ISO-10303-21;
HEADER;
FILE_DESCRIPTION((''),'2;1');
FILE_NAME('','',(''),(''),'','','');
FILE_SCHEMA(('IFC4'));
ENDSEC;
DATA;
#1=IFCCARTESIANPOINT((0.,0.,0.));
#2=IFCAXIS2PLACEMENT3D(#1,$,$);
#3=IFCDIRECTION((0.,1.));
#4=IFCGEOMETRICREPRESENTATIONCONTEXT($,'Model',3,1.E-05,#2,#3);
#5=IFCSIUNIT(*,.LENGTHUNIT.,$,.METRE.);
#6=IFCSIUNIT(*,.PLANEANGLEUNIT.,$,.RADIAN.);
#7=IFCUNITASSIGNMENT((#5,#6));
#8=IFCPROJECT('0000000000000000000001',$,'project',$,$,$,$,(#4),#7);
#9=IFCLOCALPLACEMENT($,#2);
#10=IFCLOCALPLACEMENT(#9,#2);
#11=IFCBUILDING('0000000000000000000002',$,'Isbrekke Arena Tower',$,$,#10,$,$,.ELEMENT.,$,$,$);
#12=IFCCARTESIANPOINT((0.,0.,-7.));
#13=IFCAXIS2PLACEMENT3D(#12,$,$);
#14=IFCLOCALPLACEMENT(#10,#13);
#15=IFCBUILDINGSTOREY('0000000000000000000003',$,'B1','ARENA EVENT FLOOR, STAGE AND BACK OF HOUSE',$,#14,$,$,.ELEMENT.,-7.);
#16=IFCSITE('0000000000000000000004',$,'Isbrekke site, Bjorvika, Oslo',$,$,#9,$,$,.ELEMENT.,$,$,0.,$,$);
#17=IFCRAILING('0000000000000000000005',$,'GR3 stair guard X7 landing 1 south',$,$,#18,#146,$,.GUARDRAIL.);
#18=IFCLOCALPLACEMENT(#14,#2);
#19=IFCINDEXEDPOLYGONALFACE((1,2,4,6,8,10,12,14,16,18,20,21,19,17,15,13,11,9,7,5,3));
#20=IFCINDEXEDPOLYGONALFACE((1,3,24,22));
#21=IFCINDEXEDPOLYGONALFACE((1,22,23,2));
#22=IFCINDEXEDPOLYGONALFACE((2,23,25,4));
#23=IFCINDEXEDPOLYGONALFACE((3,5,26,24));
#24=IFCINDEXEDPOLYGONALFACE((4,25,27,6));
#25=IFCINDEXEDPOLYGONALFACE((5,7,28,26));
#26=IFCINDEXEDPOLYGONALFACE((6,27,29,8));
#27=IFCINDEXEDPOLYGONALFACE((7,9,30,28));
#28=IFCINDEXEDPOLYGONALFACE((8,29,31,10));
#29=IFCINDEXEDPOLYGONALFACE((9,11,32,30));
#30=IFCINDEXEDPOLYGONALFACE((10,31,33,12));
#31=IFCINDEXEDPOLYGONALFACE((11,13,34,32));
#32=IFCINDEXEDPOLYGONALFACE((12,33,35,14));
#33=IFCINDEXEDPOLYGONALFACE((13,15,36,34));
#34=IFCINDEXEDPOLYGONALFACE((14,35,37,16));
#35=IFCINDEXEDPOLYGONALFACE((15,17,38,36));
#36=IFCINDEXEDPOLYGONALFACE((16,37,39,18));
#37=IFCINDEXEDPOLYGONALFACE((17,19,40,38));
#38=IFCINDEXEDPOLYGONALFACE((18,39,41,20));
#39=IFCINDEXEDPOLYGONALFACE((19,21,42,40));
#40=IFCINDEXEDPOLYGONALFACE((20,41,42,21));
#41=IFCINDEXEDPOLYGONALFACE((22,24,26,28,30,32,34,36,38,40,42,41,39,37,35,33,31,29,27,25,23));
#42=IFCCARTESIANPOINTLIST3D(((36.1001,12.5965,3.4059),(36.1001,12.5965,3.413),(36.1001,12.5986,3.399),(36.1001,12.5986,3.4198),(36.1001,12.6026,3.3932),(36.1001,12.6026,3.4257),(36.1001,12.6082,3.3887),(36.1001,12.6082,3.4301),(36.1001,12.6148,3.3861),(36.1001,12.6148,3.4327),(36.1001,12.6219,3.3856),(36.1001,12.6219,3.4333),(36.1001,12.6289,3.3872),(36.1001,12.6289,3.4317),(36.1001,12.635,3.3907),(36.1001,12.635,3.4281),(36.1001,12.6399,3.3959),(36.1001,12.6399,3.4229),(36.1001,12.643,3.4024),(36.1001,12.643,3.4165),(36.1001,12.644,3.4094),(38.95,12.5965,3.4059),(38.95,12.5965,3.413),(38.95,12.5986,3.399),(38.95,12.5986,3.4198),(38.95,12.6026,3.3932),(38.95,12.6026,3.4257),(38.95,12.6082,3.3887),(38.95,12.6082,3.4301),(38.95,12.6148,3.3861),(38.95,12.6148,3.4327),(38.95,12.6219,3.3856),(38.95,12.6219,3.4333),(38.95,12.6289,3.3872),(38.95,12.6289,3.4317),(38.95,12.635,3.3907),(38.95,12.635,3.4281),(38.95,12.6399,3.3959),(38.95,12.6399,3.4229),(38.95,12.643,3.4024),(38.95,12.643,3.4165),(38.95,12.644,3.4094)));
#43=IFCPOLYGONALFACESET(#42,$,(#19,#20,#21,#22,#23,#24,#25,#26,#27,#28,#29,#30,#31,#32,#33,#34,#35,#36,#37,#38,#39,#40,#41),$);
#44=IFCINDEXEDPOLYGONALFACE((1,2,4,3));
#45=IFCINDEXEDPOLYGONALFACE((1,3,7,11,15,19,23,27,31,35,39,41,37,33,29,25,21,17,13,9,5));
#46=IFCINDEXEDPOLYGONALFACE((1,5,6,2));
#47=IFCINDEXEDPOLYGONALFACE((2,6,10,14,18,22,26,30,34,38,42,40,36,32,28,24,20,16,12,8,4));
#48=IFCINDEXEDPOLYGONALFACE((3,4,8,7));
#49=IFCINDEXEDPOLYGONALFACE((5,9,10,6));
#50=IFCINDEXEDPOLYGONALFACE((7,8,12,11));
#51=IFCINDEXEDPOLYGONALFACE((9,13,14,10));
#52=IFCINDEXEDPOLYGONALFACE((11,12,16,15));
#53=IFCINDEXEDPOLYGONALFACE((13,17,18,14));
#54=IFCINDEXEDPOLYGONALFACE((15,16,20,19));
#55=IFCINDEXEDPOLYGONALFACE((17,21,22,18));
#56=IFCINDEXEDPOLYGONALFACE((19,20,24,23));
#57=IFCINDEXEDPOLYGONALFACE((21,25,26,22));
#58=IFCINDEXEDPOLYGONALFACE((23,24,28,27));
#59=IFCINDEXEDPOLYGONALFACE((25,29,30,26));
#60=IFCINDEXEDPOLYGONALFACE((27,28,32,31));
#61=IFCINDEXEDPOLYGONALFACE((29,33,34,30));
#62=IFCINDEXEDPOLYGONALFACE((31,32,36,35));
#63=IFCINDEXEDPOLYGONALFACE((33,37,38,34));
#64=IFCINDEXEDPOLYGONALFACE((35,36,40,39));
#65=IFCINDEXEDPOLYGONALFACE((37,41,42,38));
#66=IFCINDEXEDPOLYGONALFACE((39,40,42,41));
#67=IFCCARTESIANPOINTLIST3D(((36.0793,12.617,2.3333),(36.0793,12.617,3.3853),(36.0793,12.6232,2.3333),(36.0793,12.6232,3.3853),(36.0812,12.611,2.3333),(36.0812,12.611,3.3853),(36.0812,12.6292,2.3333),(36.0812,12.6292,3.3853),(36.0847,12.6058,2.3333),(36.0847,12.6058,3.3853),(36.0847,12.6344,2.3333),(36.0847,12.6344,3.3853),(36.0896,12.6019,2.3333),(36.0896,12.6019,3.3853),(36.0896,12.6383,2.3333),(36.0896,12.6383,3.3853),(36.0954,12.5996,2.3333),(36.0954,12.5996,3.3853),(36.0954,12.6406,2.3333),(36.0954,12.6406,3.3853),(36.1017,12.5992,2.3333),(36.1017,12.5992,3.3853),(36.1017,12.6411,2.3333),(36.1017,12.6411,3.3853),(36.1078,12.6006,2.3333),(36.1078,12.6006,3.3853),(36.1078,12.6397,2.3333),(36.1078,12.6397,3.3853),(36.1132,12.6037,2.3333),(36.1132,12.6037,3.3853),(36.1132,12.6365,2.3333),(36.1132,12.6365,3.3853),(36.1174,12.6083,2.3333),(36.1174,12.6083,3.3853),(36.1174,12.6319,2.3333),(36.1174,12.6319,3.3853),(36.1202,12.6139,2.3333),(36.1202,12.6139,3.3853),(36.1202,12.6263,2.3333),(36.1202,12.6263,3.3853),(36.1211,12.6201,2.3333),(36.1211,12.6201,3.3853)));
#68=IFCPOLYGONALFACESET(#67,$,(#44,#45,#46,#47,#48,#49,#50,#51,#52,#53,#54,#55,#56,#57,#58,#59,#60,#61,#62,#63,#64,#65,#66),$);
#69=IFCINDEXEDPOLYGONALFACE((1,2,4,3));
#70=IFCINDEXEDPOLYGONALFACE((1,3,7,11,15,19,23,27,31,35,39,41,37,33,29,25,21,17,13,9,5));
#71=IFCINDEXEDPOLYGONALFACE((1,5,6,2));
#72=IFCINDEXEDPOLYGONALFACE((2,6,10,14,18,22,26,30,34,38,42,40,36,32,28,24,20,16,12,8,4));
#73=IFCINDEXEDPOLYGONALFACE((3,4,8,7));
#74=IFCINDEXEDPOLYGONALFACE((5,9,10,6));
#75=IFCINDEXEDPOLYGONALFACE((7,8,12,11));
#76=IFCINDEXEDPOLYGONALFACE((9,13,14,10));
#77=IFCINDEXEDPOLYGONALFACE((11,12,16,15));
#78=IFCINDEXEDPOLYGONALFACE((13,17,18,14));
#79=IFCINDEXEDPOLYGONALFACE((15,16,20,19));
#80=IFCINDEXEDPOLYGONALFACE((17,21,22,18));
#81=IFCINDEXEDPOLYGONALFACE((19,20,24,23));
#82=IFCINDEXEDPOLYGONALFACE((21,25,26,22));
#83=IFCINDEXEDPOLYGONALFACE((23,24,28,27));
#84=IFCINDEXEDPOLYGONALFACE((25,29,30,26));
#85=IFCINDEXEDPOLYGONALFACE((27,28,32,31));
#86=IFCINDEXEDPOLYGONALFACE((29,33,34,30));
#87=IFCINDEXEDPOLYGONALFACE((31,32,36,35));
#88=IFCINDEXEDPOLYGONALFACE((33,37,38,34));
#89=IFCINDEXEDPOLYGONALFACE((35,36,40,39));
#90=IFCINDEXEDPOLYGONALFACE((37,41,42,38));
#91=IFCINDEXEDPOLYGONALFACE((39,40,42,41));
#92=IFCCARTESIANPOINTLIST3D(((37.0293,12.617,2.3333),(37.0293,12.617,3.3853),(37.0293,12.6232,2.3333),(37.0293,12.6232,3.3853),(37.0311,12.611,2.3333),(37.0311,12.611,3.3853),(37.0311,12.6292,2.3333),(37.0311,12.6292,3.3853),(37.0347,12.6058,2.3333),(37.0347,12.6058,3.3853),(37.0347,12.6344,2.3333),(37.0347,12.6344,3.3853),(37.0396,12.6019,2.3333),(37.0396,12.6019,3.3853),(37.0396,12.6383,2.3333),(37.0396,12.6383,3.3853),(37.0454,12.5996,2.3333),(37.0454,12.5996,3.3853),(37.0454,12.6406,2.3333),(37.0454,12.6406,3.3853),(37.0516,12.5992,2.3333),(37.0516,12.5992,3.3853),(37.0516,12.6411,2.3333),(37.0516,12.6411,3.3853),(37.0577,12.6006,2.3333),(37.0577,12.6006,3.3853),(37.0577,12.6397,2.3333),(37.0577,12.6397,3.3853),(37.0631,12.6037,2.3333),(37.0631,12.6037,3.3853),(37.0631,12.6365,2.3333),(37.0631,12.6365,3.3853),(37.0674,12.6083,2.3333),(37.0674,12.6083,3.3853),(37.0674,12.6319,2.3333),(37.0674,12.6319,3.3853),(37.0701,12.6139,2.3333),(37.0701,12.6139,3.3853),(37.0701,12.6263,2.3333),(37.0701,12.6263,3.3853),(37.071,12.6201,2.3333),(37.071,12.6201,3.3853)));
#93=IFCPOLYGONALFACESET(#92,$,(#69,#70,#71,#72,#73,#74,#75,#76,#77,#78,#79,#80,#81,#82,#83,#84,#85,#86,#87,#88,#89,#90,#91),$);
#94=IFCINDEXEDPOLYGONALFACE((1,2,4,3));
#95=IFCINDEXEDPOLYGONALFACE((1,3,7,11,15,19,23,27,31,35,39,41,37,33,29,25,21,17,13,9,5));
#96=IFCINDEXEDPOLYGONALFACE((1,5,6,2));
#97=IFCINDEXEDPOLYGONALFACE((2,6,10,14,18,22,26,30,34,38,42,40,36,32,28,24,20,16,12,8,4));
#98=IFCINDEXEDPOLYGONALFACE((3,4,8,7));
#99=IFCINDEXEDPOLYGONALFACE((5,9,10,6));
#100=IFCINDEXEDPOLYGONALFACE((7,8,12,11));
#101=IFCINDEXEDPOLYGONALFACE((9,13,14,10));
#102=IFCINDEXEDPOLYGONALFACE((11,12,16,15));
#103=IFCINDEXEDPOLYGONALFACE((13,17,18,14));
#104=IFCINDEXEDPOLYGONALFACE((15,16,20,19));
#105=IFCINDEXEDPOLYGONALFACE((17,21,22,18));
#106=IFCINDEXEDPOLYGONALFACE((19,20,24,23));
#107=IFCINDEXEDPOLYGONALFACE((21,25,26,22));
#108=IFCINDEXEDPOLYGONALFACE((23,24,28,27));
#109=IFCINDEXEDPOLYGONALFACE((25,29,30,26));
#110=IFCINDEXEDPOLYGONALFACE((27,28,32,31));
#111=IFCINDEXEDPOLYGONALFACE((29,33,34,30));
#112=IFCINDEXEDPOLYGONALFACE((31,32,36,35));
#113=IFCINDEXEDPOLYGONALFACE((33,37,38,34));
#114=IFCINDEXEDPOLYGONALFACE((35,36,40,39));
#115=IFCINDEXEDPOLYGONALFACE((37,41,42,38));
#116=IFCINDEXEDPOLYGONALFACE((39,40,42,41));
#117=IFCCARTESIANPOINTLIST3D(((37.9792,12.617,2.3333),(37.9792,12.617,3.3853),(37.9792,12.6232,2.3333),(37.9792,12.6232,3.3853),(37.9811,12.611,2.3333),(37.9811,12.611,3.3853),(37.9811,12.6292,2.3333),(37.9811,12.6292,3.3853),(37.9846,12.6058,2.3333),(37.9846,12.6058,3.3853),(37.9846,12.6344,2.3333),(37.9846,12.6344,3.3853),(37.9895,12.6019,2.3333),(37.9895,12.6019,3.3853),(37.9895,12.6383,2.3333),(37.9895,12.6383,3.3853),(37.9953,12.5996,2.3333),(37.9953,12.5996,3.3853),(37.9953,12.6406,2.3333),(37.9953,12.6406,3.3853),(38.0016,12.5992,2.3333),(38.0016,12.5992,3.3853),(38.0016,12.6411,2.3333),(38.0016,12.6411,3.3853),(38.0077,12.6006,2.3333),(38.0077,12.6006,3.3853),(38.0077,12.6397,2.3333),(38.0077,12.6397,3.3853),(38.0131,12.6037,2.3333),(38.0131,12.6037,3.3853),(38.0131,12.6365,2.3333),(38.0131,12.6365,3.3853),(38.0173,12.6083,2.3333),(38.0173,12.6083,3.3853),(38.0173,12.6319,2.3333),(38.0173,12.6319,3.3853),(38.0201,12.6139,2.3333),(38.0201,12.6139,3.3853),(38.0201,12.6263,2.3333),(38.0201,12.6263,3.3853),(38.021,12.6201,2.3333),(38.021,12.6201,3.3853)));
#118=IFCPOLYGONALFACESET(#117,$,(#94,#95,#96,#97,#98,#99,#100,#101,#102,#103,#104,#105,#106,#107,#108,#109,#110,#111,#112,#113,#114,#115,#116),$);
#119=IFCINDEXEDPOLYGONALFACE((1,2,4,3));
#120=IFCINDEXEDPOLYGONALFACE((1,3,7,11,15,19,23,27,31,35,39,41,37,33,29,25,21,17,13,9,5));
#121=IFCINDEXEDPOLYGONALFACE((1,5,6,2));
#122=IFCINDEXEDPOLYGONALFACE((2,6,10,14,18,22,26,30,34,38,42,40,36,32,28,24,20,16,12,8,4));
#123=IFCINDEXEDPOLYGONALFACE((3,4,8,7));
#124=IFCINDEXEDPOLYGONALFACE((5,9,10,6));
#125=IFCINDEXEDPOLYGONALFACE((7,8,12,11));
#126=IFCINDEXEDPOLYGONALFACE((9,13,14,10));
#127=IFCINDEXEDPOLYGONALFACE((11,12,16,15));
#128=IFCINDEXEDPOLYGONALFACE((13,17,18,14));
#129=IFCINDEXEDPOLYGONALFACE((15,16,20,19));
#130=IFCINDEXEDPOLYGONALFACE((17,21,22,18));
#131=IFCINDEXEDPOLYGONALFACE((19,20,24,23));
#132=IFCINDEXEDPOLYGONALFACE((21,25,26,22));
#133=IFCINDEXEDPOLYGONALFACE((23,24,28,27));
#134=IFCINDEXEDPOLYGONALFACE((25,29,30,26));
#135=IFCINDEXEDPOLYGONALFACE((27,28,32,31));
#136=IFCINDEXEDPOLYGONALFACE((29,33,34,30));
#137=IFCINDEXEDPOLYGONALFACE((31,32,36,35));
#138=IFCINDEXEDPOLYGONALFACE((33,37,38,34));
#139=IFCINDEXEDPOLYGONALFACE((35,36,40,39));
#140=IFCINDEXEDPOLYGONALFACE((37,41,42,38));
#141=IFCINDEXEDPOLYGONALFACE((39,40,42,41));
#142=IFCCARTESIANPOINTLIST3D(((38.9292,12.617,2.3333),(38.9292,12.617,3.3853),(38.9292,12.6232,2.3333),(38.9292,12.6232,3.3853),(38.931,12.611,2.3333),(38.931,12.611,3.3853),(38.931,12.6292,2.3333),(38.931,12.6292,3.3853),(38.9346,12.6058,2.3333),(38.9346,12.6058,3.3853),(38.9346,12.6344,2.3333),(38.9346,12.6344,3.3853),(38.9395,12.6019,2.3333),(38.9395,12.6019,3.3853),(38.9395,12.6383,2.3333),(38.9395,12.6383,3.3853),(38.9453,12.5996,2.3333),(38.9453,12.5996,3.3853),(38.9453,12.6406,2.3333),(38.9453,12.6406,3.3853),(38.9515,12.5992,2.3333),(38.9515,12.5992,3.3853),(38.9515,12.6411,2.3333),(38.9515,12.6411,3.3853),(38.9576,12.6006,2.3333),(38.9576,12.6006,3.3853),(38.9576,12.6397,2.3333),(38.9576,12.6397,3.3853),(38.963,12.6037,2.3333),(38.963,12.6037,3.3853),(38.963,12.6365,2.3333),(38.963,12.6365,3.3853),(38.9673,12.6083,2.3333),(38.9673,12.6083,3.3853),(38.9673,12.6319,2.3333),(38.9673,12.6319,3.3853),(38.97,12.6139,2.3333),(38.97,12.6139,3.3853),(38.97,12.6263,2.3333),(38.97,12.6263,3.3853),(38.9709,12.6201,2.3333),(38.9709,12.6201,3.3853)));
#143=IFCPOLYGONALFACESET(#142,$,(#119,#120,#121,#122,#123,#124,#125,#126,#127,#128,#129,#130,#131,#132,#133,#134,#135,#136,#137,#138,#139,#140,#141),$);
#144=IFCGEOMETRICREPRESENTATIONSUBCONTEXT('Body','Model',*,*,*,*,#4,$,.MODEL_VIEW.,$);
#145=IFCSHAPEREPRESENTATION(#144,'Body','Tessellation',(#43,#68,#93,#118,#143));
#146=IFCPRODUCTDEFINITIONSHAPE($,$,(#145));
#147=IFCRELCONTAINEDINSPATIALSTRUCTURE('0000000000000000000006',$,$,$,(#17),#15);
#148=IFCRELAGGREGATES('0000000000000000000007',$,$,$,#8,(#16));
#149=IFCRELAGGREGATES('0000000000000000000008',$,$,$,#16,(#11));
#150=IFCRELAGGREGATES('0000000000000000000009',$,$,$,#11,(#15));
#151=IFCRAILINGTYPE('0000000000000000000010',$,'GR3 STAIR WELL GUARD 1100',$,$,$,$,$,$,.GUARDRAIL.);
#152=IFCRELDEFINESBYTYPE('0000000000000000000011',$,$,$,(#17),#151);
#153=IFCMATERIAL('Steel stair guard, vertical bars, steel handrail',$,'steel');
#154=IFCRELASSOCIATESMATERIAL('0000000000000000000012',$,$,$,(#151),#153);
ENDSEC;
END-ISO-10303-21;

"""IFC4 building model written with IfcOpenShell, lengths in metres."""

from ifc_helpers import new_model, si_unit, direction, frame, origin, origin_2d, place, context, subcontext, project, spatial, circle, extrude, material, type_object, element, save


model = new_model("IFC4")

# Units and contexts
model_context = context("Model", 3, precision=1e-05, world=origin(), true_north=direction((0.0, 1.0)))
body_context = subcontext(model_context, "Body", "Model", "MODEL_VIEW")
ifc_project = project(units=[si_unit("LENGTHUNIT", "METRE"), si_unit("PLANEANGLEUNIT", "RADIAN")], contexts=[model_context])

# Site, building, storey
site_placement = place(None, origin())
site = spatial("IfcSite", under=ifc_project, at=site_placement, Name="Isbrekke site, Bjorvika, Oslo", CompositionType="ELEMENT", RefElevation=0.0)
building_placement = place(site_placement, origin())
building = spatial("IfcBuilding", under=site, at=building_placement, Name="Isbrekke Arena Tower", CompositionType="ELEMENT")
storey_placement = place(building_placement, frame((0.0, 0.0, -7.0)))
storey = spatial("IfcBuildingStorey", under=building, at=storey_placement, Name="B1", Description="ARENA EVENT FLOOR, STAGE AND BACK OF HOUSE", CompositionType="ELEMENT", Elevation=-7.0)

# Railing
ifc_material_1 = material(Name="Steel stair guard, vertical bars, steel handrail", Category="steel")
railing_type = type_object("IfcRailingType", Name="GR3 STAIR WELL GUARD 1100", PredefinedType="GUARDRAIL", material=ifc_material_1)
for number, where, name in (
    (1, (36.1001, 12.6201, 2.3333), "GR3 stair guard X7 landing 1 south"),
):
    element("IfcRailing", number, at=place(storey_placement, frame(where)), inside=storey, type_object=railing_type, Name=name, PredefinedType="GUARDRAIL", context=body_context, shape_type="SweptSolid", body=[
        extrude(circle(Radius=0.0239, at=origin_2d()), frame((0.0, 0.0, 1.0762), z_axis=(1.0, 0.0, 0.0), x_axis=(0.0, 1.0, 0.0)), (0.0, 0.0, 1.0), 2.8499),
        extrude(circle(Radius=0.021, at=origin_2d()), origin(), (0.0, 0.0, 1.0), 1.052),
        extrude(circle(Radius=0.021, at=origin_2d()), frame((0.95, 0.0, 0.0)), (0.0, 0.0, 1.0), 1.052),
        extrude(circle(Radius=0.021, at=origin_2d()), frame((1.8999, 0.0, 0.0)), (0.0, 0.0, 1.0), 1.052),
        extrude(circle(Radius=0.021, at=origin_2d()), frame((2.8499, 0.0, 0.0)), (0.0, 0.0, 1.0), 1.052),
    ])

save(model, "model.ifc")
